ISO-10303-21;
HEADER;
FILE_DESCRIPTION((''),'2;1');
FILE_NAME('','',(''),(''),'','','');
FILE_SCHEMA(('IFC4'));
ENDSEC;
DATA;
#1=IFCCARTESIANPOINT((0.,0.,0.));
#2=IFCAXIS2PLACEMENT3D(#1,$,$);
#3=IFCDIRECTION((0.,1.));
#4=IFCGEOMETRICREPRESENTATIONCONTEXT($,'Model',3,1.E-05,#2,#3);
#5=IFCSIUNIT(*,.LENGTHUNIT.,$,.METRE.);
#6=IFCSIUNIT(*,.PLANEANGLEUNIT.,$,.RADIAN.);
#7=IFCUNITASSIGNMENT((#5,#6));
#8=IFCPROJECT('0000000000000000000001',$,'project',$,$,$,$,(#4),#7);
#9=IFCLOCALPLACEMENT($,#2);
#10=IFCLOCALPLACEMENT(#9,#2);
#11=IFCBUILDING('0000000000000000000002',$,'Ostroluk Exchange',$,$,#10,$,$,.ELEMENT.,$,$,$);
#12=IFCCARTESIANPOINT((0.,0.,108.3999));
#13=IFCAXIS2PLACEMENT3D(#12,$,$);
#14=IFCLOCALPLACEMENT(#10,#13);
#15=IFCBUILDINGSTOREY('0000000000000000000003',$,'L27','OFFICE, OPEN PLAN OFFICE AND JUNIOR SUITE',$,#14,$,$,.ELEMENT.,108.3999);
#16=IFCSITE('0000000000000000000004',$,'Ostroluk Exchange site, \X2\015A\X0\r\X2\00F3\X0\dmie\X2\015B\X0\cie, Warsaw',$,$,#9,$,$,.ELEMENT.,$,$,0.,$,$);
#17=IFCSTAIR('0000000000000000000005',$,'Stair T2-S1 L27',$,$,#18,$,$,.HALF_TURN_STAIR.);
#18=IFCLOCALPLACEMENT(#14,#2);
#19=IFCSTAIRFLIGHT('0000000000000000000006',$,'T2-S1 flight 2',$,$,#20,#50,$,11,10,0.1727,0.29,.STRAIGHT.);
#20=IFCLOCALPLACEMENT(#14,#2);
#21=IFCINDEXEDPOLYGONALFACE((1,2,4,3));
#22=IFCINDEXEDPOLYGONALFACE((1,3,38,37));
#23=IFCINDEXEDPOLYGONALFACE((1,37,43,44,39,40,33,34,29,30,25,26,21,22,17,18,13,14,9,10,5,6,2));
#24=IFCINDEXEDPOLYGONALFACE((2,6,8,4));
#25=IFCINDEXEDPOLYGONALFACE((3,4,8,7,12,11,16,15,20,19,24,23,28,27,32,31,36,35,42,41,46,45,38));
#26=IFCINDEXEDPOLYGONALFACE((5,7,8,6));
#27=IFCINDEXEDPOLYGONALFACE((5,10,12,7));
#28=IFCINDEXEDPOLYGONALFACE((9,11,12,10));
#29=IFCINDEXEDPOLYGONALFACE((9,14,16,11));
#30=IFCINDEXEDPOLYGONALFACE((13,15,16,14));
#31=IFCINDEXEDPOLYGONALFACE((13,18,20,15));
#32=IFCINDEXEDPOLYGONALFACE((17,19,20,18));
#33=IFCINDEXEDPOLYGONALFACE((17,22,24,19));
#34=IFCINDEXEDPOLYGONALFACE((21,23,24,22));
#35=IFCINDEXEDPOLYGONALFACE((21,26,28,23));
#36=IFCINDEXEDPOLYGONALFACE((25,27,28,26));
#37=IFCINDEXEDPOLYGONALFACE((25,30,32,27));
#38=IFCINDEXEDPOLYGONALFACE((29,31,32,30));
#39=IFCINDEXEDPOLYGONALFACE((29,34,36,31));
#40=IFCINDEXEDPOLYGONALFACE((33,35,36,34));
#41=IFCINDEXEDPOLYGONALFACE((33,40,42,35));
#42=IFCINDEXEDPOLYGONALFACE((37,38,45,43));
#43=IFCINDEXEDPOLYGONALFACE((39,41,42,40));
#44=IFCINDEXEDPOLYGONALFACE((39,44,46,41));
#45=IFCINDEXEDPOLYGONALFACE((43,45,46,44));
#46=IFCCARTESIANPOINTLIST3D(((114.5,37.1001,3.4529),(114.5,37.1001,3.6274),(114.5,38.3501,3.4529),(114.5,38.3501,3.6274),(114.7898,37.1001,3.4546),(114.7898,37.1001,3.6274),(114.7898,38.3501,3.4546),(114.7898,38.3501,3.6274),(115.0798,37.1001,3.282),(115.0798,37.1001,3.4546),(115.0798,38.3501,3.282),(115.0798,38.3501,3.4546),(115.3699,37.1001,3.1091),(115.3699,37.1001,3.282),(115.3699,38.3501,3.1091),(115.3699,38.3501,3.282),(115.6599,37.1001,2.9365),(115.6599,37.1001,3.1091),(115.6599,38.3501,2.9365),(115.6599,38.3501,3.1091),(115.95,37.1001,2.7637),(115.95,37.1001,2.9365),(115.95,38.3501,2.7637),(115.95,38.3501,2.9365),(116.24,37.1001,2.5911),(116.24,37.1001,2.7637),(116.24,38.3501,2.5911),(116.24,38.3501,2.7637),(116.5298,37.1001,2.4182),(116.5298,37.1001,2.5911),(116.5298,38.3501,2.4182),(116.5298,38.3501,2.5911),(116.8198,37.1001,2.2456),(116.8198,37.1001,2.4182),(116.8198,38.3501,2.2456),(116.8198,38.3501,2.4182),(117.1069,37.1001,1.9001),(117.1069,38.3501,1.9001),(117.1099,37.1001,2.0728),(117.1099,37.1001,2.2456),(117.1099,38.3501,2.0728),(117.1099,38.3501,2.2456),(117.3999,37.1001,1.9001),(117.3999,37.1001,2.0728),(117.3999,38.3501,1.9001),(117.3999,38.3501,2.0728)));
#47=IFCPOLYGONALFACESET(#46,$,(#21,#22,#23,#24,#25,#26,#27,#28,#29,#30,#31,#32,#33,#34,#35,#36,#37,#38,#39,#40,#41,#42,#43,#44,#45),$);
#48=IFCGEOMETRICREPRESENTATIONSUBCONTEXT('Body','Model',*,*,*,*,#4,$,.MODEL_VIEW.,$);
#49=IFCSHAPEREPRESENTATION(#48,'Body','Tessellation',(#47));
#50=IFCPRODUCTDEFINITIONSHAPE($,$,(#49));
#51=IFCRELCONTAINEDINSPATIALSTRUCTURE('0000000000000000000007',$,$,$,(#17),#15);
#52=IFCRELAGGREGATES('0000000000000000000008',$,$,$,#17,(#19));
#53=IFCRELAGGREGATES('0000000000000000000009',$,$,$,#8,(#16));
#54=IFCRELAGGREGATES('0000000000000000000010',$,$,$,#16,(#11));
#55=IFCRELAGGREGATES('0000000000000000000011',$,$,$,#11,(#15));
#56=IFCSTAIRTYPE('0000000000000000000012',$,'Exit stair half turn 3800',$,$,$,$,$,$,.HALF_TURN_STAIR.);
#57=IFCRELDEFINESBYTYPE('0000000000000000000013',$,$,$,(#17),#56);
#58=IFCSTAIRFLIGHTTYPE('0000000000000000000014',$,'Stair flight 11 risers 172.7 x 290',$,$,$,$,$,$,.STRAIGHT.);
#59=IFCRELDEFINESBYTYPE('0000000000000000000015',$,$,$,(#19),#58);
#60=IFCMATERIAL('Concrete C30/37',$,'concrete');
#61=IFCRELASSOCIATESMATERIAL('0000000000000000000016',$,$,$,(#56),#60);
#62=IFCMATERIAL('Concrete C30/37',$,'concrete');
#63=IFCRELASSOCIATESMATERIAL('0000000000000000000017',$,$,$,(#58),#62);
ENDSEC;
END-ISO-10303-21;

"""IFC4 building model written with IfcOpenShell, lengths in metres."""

from ifc_helpers import new_model, si_unit, direction, frame, origin, place, context, subcontext, project, spatial, polyline, outline, extrude, material, type_object, element, aggregate, save


model = new_model("IFC4")

# Units and contexts
model_context = context("Model", 3, precision=1e-05, world=origin(), true_north=direction((0.0, 1.0)))
body_context = subcontext(model_context, "Body", "Model", "MODEL_VIEW")
ifc_project = project(units=[si_unit("LENGTHUNIT", "METRE"), si_unit("PLANEANGLEUNIT", "RADIAN")], contexts=[model_context])

# Site, building, storey
site_placement = place(None, origin())
site = spatial("IfcSite", under=ifc_project, at=site_placement, Name="Ostroluk Exchange site, Śródmieście, Warsaw", CompositionType="ELEMENT", RefElevation=0.0)
building_placement = place(site_placement, origin())
building = spatial("IfcBuilding", under=site, at=building_placement, Name="Ostroluk Exchange", CompositionType="ELEMENT")
storey_placement = place(building_placement, frame((0.0, 0.0, 108.3999)))
storey = spatial("IfcBuildingStorey", under=building, at=storey_placement, Name="L27", Description="OFFICE, OPEN PLAN OFFICE AND JUNIOR SUITE", CompositionType="ELEMENT", Elevation=108.3999)

# Stair, stair flight
ifc_material_1 = material(Name="Concrete C30/37", Category="concrete")
stair_type = type_object("IfcStairType", Name="Exit stair half turn 3800", PredefinedType="HALF_TURN_STAIR", material=ifc_material_1)
stair_placement = place(storey_placement, origin())
stair = element("IfcStair", 1, at=stair_placement, inside=storey, type_object=stair_type, Name="Stair T2-S1 L27", PredefinedType="HALF_TURN_STAIR")
ifc_material_2 = material(Name="Concrete C30/37", Category="concrete")
stair_flight_type = type_object("IfcStairFlightType", Name="Stair flight 11 risers 172.7 x 290", PredefinedType="STRAIGHT", material=ifc_material_2)
stair_flight_placement = place(storey_placement, frame((117.3999, 37.7251, 1.9001), z_axis=(0.0, 0.0, 1.0), x_axis=(-1.0, 0.0, 0.0)))
stair_flight = element("IfcStairFlight", 2, at=stair_flight_placement, type_object=stair_flight_type, Name="T2-S1 flight 2", NumberOfRisers=11, NumberOfTreads=10, PredefinedType="STRAIGHT", RiserHeight=0.1727, TreadLength=0.29, context=body_context, shape_type="SweptSolid", body=[
    extrude(outline(polyline([(0.0, 0.0), (0.0, 0.1726), (0.29, 0.1726), (0.29, 0.3455), (0.5801, 0.3455), (0.5801, 0.5181), (0.8701, 0.5181), (0.8701, 0.6909), (1.1599, 0.6909), (1.1599, 0.8635), (1.45, 0.8635), (1.45, 1.0364), (1.74, 1.0364), (1.74, 1.209), (2.03, 1.209), (2.03, 1.3818), (2.3201, 1.3818), (2.3201, 1.5544), (2.6101, 1.5544), (2.6101, 1.7273), (2.8999, 1.7273), (2.8999, 1.8999), (2.8999, 1.5527), (0.293, 0.0), (0.0, 0.0)])), frame((0.0, 0.625, 0.0), z_axis=(0.0, -1.0, 0.0), x_axis=(1.0, 0.0, 0.0)), (0.0, 0.0, 1.0), 1.25),
])
aggregate(stair, [stair_flight])

save(model, "model.ifc")
